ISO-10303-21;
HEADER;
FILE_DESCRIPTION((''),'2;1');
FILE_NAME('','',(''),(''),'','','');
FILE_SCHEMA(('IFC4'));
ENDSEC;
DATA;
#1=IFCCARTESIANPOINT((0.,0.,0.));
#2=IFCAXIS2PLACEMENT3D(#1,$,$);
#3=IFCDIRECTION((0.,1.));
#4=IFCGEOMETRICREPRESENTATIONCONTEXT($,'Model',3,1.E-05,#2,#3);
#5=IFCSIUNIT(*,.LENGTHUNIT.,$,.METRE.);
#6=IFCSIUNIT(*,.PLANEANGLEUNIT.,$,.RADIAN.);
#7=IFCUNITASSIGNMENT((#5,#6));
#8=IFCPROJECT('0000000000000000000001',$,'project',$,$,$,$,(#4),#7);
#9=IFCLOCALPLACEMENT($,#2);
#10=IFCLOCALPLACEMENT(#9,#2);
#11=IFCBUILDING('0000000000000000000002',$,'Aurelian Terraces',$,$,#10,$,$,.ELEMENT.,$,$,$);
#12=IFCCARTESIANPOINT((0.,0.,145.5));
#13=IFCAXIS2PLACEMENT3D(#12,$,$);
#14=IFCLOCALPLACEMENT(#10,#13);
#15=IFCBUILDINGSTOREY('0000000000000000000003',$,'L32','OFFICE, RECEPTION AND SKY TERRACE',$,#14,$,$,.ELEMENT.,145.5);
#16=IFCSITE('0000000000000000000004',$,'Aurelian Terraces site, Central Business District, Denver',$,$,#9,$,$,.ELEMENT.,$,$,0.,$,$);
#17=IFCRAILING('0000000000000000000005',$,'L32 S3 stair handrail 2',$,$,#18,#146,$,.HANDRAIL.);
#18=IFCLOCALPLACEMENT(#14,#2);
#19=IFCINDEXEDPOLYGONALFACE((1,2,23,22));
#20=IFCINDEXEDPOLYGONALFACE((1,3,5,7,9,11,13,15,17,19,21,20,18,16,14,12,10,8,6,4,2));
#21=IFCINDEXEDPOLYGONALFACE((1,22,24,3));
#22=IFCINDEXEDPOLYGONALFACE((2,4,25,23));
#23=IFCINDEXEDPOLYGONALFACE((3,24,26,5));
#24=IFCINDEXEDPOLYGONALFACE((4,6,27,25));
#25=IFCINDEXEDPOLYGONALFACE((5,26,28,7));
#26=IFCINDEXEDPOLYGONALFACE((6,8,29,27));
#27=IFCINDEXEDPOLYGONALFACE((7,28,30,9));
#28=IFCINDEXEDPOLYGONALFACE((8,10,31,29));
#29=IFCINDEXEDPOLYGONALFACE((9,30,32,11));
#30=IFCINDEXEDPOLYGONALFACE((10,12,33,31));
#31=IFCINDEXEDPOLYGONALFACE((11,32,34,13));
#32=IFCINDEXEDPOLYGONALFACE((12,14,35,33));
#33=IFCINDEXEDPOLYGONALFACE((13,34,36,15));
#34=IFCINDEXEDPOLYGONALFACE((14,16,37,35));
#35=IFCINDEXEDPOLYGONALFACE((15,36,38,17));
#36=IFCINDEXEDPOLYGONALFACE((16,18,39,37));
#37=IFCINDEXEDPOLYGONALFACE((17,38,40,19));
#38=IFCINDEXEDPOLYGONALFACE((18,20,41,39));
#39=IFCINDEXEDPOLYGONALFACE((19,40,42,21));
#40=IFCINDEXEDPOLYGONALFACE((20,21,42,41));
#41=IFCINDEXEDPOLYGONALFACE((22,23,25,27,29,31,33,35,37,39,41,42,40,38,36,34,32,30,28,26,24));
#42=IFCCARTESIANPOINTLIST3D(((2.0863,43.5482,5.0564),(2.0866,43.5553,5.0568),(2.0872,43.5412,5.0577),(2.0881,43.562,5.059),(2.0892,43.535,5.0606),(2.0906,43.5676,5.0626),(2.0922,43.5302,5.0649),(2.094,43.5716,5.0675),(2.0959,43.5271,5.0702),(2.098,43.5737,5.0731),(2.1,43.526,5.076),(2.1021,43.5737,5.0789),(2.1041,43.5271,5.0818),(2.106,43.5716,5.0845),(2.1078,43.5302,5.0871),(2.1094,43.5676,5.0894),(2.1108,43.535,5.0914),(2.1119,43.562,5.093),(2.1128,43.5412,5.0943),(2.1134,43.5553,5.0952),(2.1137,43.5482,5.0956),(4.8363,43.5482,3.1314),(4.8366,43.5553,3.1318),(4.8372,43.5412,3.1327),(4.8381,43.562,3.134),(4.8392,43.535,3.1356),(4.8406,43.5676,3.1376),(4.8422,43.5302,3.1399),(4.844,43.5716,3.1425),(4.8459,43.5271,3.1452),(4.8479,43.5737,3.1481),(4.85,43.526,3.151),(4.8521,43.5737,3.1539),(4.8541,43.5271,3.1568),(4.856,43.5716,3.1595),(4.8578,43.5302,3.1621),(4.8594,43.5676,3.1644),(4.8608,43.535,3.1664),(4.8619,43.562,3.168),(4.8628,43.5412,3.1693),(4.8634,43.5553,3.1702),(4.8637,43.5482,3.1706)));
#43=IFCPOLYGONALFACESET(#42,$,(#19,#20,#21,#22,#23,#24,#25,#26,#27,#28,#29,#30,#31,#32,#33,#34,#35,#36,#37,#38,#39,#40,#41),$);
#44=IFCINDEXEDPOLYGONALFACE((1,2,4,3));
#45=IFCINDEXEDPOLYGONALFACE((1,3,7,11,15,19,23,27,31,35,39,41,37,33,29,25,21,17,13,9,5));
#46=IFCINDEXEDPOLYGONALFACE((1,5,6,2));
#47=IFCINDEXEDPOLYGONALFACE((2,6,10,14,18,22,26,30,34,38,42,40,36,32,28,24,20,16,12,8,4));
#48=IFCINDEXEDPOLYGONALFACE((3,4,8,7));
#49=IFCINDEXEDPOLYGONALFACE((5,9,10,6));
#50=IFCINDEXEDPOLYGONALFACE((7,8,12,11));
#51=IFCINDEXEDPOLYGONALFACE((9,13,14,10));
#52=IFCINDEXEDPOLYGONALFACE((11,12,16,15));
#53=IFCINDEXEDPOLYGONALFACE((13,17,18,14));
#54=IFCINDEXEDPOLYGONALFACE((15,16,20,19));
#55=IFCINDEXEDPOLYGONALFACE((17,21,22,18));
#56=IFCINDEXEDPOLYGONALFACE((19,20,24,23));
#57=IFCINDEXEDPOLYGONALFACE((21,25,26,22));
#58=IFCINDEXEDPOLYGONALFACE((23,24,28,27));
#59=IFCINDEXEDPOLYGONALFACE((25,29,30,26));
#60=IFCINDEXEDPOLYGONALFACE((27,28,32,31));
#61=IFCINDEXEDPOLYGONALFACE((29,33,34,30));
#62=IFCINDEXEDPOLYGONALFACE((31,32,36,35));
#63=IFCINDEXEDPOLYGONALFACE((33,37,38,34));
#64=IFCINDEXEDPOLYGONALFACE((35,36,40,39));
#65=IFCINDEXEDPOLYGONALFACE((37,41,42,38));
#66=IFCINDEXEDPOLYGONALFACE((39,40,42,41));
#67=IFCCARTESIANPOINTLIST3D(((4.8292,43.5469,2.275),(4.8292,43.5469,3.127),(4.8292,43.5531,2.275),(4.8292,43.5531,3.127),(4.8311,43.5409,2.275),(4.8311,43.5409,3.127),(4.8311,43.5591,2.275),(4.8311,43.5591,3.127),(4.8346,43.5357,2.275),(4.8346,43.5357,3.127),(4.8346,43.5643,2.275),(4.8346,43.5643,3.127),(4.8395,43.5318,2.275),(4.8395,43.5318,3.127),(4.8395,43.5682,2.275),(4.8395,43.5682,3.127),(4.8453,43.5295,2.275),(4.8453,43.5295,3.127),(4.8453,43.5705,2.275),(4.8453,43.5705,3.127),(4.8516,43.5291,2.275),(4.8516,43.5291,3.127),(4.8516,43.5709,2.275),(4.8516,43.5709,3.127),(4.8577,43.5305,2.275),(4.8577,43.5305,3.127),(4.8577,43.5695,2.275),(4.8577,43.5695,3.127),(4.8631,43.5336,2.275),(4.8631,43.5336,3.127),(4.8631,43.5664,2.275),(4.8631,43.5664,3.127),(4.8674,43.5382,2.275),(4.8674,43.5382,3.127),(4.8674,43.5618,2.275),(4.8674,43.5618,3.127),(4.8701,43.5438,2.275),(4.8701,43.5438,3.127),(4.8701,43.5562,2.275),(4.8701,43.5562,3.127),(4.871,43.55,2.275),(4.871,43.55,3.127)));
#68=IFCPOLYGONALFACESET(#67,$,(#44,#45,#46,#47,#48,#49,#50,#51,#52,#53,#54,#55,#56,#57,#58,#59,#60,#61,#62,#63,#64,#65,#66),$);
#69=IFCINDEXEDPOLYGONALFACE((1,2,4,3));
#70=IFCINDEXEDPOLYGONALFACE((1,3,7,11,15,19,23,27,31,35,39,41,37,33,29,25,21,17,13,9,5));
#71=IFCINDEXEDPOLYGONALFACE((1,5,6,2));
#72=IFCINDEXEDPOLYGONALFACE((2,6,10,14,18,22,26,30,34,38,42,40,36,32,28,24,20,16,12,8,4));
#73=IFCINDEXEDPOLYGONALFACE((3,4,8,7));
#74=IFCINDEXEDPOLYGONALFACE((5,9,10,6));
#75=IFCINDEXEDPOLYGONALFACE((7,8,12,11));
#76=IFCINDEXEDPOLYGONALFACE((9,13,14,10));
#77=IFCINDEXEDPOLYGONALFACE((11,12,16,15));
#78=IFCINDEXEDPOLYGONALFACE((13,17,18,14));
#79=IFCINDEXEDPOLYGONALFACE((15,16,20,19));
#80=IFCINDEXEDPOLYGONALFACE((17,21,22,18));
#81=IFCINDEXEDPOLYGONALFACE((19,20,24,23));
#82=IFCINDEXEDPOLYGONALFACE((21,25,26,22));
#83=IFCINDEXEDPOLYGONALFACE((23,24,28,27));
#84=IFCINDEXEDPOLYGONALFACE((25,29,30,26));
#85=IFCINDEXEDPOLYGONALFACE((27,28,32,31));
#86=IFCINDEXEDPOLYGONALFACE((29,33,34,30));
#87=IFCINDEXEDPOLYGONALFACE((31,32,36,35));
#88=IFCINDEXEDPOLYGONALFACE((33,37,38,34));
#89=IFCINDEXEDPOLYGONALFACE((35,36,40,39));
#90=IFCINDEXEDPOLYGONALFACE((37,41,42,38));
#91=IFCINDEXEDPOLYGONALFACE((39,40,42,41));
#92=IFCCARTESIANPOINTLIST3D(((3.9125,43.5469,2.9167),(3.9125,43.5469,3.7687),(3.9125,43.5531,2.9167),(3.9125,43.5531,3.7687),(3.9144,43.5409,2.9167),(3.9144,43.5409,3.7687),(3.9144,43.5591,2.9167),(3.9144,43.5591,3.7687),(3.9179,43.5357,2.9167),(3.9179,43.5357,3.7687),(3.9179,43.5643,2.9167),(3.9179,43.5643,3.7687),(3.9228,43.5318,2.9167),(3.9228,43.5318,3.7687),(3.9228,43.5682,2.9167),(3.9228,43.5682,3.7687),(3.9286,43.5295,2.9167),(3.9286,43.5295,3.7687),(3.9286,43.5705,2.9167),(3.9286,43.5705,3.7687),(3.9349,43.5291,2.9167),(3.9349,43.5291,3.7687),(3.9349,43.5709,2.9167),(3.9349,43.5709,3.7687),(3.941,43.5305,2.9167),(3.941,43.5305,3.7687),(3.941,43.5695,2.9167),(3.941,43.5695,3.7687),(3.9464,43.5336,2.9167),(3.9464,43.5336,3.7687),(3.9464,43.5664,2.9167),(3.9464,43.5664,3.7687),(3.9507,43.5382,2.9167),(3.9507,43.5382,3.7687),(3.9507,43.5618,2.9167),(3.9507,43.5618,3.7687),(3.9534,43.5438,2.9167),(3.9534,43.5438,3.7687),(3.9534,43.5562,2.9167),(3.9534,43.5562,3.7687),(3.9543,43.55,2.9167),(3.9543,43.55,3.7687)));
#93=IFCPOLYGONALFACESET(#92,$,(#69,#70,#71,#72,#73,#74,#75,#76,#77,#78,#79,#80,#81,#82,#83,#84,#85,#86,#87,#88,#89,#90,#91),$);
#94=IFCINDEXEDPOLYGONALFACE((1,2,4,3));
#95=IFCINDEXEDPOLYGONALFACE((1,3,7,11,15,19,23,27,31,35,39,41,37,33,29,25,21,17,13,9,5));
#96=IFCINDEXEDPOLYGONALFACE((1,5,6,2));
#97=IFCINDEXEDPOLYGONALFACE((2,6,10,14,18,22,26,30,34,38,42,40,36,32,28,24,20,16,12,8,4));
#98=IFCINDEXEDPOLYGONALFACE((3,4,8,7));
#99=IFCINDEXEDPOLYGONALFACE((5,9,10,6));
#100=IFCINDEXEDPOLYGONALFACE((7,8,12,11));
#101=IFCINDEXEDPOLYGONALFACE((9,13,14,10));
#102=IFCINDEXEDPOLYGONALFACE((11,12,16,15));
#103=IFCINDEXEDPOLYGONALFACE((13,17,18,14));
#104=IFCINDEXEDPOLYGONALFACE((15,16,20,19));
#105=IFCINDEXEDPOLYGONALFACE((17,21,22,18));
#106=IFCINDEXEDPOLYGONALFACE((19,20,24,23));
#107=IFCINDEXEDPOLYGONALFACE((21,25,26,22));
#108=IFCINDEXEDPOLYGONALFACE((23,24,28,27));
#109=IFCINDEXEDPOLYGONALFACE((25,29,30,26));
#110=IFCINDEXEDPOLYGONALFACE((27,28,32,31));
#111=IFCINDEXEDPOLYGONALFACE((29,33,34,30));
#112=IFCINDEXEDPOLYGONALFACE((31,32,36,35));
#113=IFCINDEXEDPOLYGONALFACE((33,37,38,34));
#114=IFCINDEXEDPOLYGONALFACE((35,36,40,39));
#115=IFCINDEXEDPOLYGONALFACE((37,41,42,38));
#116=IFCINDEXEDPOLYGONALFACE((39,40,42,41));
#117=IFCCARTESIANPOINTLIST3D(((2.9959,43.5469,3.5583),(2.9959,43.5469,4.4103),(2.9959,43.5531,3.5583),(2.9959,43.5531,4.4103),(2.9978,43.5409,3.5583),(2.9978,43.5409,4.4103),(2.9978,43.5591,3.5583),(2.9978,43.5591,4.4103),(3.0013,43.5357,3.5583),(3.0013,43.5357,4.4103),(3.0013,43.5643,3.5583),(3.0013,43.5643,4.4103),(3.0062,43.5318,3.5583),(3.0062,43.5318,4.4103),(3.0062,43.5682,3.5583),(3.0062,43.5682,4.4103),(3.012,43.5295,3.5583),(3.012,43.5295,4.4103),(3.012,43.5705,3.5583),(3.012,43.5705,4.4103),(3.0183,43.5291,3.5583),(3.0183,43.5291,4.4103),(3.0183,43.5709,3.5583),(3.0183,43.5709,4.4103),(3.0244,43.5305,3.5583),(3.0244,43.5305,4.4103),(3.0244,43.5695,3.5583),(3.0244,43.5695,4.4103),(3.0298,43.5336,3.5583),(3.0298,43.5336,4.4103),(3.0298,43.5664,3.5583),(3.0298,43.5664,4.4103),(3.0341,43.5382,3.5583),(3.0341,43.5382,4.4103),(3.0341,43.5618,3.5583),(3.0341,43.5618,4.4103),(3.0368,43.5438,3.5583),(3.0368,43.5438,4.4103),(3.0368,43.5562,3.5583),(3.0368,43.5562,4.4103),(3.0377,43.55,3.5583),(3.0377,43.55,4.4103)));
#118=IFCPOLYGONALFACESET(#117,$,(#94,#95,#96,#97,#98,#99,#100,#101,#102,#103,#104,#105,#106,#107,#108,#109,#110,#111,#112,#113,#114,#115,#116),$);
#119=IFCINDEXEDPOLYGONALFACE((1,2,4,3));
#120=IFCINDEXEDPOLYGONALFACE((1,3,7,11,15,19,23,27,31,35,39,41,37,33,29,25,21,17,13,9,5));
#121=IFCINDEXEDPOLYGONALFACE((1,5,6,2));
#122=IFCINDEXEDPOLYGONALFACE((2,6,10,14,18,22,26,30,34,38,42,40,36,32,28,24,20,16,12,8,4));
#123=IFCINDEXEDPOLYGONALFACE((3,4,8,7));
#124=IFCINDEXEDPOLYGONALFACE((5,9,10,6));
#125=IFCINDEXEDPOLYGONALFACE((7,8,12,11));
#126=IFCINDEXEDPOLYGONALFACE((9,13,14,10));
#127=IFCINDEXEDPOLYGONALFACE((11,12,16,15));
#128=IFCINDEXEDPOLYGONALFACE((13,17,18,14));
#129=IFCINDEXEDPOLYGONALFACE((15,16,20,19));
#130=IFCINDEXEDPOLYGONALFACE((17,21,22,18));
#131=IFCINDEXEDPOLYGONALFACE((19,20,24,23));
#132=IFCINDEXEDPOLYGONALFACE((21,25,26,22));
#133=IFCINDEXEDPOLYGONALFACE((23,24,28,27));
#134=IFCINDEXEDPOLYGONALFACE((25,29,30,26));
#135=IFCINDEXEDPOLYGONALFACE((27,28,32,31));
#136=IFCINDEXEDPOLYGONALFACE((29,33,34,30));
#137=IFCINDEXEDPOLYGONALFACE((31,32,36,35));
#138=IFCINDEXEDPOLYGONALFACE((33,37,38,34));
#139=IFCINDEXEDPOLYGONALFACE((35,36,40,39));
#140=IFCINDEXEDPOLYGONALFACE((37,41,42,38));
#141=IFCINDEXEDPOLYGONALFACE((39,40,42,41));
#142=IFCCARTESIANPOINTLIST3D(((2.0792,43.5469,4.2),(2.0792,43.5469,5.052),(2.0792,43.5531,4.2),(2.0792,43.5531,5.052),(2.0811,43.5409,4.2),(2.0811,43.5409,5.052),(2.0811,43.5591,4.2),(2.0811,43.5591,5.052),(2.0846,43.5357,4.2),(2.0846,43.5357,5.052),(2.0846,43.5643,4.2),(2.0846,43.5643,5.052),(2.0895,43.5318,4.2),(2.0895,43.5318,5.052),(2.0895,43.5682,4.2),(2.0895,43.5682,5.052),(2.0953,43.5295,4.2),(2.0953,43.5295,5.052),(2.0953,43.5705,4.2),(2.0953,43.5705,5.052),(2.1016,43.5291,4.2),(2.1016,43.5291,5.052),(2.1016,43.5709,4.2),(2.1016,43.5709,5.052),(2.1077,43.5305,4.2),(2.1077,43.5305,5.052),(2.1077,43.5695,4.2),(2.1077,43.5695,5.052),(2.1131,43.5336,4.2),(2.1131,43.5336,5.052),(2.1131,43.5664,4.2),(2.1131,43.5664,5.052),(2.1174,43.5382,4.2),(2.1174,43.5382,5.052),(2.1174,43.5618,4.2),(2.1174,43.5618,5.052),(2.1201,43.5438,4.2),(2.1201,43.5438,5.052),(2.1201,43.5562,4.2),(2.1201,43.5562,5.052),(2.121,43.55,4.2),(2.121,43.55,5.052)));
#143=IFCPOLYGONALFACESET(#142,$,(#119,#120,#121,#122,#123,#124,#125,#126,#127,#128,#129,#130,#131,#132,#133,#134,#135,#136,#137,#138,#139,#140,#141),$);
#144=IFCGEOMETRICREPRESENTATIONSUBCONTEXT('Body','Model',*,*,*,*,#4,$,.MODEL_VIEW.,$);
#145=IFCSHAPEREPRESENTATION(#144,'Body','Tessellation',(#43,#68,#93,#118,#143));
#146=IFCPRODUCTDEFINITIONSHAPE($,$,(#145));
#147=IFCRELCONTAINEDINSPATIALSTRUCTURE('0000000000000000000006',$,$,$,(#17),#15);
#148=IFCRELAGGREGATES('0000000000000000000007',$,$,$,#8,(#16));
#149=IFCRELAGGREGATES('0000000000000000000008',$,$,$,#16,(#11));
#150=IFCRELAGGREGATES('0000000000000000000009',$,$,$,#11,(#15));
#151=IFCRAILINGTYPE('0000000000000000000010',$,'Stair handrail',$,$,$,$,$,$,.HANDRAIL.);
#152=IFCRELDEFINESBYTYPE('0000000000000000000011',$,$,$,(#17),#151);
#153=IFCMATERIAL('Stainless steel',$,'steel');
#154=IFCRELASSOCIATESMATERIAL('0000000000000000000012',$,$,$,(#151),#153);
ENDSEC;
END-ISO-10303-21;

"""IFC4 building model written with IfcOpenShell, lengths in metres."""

from ifc_helpers import new_model, si_unit, direction, frame, origin, origin_2d, place, context, subcontext, project, spatial, circle, extrude, source, transform, mapped, material, type_object, element, save


model = new_model("IFC4")

# Units and contexts
model_context = context("Model", 3, precision=1e-05, world=origin(), true_north=direction((0.0, 1.0)))
body_context = subcontext(model_context, "Body", "Model", "MODEL_VIEW")
ifc_project = project(units=[si_unit("LENGTHUNIT", "METRE"), si_unit("PLANEANGLEUNIT", "RADIAN")], contexts=[model_context])

# Site, building, storey
site_placement = place(None, origin())
site = spatial("IfcSite", under=ifc_project, at=site_placement, Name="Aurelian Terraces site, Central Business District, Denver", CompositionType="ELEMENT", RefElevation=0.0)
building_placement = place(site_placement, origin())
building = spatial("IfcBuilding", under=site, at=building_placement, Name="Aurelian Terraces", CompositionType="ELEMENT")
storey_placement = place(building_placement, frame((0.0, 0.0, 145.5)))
storey = spatial("IfcBuildingStorey", under=building, at=storey_placement, Name="L32", Description="OFFICE, RECEPTION AND SKY TERRACE", CompositionType="ELEMENT", Elevation=145.5)

# Railing
ifc_material_1 = material(Name="Stainless steel", Category="steel")
railing_type_1 = type_object("IfcRailingType", Name="Stair handrail", PredefinedType="HANDRAIL", material=ifc_material_1)
shared_shape_1 = source(origin(), body_context, "Body", "SweptSolid", [
    extrude(circle(Radius=0.024, at=origin_2d()), frame((0.0, 0.0, 0.876), z_axis=(-0.819232, 0.0, 0.573462), x_axis=(0.0, -1.0, 0.0)), (0.0, 0.0, 1.0), 3.3568),
    extrude(circle(Radius=0.021, at=origin_2d()), origin(), (0.0, 0.0, 1.0), 0.852),
    extrude(circle(Radius=0.021, at=origin_2d()), frame((-0.9167, 0.0, 0.6417)), (0.0, 0.0, 1.0), 0.852),
    extrude(circle(Radius=0.021, at=origin_2d()), frame((-1.8333, 0.0, 1.2833)), (0.0, 0.0, 1.0), 0.852),
    extrude(circle(Radius=0.021, at=origin_2d()), frame((-2.75, 0.0, 1.925)), (0.0, 0.0, 1.0), 0.852),
])
railing_1_placement = place(storey_placement, frame((4.85, 43.55, 2.275)))
element("IfcRailing", 1, at=railing_1_placement, inside=storey, type_object=railing_type_1, Name="L32 S3 stair handrail 2", PredefinedType="HANDRAIL", context=body_context, shape_type="MappedRepresentation", body=[
    mapped(shared_shape_1, transform((0.0, 0.0, 0.0), scale=1.0)),
])

save(model, "model.ifc")
